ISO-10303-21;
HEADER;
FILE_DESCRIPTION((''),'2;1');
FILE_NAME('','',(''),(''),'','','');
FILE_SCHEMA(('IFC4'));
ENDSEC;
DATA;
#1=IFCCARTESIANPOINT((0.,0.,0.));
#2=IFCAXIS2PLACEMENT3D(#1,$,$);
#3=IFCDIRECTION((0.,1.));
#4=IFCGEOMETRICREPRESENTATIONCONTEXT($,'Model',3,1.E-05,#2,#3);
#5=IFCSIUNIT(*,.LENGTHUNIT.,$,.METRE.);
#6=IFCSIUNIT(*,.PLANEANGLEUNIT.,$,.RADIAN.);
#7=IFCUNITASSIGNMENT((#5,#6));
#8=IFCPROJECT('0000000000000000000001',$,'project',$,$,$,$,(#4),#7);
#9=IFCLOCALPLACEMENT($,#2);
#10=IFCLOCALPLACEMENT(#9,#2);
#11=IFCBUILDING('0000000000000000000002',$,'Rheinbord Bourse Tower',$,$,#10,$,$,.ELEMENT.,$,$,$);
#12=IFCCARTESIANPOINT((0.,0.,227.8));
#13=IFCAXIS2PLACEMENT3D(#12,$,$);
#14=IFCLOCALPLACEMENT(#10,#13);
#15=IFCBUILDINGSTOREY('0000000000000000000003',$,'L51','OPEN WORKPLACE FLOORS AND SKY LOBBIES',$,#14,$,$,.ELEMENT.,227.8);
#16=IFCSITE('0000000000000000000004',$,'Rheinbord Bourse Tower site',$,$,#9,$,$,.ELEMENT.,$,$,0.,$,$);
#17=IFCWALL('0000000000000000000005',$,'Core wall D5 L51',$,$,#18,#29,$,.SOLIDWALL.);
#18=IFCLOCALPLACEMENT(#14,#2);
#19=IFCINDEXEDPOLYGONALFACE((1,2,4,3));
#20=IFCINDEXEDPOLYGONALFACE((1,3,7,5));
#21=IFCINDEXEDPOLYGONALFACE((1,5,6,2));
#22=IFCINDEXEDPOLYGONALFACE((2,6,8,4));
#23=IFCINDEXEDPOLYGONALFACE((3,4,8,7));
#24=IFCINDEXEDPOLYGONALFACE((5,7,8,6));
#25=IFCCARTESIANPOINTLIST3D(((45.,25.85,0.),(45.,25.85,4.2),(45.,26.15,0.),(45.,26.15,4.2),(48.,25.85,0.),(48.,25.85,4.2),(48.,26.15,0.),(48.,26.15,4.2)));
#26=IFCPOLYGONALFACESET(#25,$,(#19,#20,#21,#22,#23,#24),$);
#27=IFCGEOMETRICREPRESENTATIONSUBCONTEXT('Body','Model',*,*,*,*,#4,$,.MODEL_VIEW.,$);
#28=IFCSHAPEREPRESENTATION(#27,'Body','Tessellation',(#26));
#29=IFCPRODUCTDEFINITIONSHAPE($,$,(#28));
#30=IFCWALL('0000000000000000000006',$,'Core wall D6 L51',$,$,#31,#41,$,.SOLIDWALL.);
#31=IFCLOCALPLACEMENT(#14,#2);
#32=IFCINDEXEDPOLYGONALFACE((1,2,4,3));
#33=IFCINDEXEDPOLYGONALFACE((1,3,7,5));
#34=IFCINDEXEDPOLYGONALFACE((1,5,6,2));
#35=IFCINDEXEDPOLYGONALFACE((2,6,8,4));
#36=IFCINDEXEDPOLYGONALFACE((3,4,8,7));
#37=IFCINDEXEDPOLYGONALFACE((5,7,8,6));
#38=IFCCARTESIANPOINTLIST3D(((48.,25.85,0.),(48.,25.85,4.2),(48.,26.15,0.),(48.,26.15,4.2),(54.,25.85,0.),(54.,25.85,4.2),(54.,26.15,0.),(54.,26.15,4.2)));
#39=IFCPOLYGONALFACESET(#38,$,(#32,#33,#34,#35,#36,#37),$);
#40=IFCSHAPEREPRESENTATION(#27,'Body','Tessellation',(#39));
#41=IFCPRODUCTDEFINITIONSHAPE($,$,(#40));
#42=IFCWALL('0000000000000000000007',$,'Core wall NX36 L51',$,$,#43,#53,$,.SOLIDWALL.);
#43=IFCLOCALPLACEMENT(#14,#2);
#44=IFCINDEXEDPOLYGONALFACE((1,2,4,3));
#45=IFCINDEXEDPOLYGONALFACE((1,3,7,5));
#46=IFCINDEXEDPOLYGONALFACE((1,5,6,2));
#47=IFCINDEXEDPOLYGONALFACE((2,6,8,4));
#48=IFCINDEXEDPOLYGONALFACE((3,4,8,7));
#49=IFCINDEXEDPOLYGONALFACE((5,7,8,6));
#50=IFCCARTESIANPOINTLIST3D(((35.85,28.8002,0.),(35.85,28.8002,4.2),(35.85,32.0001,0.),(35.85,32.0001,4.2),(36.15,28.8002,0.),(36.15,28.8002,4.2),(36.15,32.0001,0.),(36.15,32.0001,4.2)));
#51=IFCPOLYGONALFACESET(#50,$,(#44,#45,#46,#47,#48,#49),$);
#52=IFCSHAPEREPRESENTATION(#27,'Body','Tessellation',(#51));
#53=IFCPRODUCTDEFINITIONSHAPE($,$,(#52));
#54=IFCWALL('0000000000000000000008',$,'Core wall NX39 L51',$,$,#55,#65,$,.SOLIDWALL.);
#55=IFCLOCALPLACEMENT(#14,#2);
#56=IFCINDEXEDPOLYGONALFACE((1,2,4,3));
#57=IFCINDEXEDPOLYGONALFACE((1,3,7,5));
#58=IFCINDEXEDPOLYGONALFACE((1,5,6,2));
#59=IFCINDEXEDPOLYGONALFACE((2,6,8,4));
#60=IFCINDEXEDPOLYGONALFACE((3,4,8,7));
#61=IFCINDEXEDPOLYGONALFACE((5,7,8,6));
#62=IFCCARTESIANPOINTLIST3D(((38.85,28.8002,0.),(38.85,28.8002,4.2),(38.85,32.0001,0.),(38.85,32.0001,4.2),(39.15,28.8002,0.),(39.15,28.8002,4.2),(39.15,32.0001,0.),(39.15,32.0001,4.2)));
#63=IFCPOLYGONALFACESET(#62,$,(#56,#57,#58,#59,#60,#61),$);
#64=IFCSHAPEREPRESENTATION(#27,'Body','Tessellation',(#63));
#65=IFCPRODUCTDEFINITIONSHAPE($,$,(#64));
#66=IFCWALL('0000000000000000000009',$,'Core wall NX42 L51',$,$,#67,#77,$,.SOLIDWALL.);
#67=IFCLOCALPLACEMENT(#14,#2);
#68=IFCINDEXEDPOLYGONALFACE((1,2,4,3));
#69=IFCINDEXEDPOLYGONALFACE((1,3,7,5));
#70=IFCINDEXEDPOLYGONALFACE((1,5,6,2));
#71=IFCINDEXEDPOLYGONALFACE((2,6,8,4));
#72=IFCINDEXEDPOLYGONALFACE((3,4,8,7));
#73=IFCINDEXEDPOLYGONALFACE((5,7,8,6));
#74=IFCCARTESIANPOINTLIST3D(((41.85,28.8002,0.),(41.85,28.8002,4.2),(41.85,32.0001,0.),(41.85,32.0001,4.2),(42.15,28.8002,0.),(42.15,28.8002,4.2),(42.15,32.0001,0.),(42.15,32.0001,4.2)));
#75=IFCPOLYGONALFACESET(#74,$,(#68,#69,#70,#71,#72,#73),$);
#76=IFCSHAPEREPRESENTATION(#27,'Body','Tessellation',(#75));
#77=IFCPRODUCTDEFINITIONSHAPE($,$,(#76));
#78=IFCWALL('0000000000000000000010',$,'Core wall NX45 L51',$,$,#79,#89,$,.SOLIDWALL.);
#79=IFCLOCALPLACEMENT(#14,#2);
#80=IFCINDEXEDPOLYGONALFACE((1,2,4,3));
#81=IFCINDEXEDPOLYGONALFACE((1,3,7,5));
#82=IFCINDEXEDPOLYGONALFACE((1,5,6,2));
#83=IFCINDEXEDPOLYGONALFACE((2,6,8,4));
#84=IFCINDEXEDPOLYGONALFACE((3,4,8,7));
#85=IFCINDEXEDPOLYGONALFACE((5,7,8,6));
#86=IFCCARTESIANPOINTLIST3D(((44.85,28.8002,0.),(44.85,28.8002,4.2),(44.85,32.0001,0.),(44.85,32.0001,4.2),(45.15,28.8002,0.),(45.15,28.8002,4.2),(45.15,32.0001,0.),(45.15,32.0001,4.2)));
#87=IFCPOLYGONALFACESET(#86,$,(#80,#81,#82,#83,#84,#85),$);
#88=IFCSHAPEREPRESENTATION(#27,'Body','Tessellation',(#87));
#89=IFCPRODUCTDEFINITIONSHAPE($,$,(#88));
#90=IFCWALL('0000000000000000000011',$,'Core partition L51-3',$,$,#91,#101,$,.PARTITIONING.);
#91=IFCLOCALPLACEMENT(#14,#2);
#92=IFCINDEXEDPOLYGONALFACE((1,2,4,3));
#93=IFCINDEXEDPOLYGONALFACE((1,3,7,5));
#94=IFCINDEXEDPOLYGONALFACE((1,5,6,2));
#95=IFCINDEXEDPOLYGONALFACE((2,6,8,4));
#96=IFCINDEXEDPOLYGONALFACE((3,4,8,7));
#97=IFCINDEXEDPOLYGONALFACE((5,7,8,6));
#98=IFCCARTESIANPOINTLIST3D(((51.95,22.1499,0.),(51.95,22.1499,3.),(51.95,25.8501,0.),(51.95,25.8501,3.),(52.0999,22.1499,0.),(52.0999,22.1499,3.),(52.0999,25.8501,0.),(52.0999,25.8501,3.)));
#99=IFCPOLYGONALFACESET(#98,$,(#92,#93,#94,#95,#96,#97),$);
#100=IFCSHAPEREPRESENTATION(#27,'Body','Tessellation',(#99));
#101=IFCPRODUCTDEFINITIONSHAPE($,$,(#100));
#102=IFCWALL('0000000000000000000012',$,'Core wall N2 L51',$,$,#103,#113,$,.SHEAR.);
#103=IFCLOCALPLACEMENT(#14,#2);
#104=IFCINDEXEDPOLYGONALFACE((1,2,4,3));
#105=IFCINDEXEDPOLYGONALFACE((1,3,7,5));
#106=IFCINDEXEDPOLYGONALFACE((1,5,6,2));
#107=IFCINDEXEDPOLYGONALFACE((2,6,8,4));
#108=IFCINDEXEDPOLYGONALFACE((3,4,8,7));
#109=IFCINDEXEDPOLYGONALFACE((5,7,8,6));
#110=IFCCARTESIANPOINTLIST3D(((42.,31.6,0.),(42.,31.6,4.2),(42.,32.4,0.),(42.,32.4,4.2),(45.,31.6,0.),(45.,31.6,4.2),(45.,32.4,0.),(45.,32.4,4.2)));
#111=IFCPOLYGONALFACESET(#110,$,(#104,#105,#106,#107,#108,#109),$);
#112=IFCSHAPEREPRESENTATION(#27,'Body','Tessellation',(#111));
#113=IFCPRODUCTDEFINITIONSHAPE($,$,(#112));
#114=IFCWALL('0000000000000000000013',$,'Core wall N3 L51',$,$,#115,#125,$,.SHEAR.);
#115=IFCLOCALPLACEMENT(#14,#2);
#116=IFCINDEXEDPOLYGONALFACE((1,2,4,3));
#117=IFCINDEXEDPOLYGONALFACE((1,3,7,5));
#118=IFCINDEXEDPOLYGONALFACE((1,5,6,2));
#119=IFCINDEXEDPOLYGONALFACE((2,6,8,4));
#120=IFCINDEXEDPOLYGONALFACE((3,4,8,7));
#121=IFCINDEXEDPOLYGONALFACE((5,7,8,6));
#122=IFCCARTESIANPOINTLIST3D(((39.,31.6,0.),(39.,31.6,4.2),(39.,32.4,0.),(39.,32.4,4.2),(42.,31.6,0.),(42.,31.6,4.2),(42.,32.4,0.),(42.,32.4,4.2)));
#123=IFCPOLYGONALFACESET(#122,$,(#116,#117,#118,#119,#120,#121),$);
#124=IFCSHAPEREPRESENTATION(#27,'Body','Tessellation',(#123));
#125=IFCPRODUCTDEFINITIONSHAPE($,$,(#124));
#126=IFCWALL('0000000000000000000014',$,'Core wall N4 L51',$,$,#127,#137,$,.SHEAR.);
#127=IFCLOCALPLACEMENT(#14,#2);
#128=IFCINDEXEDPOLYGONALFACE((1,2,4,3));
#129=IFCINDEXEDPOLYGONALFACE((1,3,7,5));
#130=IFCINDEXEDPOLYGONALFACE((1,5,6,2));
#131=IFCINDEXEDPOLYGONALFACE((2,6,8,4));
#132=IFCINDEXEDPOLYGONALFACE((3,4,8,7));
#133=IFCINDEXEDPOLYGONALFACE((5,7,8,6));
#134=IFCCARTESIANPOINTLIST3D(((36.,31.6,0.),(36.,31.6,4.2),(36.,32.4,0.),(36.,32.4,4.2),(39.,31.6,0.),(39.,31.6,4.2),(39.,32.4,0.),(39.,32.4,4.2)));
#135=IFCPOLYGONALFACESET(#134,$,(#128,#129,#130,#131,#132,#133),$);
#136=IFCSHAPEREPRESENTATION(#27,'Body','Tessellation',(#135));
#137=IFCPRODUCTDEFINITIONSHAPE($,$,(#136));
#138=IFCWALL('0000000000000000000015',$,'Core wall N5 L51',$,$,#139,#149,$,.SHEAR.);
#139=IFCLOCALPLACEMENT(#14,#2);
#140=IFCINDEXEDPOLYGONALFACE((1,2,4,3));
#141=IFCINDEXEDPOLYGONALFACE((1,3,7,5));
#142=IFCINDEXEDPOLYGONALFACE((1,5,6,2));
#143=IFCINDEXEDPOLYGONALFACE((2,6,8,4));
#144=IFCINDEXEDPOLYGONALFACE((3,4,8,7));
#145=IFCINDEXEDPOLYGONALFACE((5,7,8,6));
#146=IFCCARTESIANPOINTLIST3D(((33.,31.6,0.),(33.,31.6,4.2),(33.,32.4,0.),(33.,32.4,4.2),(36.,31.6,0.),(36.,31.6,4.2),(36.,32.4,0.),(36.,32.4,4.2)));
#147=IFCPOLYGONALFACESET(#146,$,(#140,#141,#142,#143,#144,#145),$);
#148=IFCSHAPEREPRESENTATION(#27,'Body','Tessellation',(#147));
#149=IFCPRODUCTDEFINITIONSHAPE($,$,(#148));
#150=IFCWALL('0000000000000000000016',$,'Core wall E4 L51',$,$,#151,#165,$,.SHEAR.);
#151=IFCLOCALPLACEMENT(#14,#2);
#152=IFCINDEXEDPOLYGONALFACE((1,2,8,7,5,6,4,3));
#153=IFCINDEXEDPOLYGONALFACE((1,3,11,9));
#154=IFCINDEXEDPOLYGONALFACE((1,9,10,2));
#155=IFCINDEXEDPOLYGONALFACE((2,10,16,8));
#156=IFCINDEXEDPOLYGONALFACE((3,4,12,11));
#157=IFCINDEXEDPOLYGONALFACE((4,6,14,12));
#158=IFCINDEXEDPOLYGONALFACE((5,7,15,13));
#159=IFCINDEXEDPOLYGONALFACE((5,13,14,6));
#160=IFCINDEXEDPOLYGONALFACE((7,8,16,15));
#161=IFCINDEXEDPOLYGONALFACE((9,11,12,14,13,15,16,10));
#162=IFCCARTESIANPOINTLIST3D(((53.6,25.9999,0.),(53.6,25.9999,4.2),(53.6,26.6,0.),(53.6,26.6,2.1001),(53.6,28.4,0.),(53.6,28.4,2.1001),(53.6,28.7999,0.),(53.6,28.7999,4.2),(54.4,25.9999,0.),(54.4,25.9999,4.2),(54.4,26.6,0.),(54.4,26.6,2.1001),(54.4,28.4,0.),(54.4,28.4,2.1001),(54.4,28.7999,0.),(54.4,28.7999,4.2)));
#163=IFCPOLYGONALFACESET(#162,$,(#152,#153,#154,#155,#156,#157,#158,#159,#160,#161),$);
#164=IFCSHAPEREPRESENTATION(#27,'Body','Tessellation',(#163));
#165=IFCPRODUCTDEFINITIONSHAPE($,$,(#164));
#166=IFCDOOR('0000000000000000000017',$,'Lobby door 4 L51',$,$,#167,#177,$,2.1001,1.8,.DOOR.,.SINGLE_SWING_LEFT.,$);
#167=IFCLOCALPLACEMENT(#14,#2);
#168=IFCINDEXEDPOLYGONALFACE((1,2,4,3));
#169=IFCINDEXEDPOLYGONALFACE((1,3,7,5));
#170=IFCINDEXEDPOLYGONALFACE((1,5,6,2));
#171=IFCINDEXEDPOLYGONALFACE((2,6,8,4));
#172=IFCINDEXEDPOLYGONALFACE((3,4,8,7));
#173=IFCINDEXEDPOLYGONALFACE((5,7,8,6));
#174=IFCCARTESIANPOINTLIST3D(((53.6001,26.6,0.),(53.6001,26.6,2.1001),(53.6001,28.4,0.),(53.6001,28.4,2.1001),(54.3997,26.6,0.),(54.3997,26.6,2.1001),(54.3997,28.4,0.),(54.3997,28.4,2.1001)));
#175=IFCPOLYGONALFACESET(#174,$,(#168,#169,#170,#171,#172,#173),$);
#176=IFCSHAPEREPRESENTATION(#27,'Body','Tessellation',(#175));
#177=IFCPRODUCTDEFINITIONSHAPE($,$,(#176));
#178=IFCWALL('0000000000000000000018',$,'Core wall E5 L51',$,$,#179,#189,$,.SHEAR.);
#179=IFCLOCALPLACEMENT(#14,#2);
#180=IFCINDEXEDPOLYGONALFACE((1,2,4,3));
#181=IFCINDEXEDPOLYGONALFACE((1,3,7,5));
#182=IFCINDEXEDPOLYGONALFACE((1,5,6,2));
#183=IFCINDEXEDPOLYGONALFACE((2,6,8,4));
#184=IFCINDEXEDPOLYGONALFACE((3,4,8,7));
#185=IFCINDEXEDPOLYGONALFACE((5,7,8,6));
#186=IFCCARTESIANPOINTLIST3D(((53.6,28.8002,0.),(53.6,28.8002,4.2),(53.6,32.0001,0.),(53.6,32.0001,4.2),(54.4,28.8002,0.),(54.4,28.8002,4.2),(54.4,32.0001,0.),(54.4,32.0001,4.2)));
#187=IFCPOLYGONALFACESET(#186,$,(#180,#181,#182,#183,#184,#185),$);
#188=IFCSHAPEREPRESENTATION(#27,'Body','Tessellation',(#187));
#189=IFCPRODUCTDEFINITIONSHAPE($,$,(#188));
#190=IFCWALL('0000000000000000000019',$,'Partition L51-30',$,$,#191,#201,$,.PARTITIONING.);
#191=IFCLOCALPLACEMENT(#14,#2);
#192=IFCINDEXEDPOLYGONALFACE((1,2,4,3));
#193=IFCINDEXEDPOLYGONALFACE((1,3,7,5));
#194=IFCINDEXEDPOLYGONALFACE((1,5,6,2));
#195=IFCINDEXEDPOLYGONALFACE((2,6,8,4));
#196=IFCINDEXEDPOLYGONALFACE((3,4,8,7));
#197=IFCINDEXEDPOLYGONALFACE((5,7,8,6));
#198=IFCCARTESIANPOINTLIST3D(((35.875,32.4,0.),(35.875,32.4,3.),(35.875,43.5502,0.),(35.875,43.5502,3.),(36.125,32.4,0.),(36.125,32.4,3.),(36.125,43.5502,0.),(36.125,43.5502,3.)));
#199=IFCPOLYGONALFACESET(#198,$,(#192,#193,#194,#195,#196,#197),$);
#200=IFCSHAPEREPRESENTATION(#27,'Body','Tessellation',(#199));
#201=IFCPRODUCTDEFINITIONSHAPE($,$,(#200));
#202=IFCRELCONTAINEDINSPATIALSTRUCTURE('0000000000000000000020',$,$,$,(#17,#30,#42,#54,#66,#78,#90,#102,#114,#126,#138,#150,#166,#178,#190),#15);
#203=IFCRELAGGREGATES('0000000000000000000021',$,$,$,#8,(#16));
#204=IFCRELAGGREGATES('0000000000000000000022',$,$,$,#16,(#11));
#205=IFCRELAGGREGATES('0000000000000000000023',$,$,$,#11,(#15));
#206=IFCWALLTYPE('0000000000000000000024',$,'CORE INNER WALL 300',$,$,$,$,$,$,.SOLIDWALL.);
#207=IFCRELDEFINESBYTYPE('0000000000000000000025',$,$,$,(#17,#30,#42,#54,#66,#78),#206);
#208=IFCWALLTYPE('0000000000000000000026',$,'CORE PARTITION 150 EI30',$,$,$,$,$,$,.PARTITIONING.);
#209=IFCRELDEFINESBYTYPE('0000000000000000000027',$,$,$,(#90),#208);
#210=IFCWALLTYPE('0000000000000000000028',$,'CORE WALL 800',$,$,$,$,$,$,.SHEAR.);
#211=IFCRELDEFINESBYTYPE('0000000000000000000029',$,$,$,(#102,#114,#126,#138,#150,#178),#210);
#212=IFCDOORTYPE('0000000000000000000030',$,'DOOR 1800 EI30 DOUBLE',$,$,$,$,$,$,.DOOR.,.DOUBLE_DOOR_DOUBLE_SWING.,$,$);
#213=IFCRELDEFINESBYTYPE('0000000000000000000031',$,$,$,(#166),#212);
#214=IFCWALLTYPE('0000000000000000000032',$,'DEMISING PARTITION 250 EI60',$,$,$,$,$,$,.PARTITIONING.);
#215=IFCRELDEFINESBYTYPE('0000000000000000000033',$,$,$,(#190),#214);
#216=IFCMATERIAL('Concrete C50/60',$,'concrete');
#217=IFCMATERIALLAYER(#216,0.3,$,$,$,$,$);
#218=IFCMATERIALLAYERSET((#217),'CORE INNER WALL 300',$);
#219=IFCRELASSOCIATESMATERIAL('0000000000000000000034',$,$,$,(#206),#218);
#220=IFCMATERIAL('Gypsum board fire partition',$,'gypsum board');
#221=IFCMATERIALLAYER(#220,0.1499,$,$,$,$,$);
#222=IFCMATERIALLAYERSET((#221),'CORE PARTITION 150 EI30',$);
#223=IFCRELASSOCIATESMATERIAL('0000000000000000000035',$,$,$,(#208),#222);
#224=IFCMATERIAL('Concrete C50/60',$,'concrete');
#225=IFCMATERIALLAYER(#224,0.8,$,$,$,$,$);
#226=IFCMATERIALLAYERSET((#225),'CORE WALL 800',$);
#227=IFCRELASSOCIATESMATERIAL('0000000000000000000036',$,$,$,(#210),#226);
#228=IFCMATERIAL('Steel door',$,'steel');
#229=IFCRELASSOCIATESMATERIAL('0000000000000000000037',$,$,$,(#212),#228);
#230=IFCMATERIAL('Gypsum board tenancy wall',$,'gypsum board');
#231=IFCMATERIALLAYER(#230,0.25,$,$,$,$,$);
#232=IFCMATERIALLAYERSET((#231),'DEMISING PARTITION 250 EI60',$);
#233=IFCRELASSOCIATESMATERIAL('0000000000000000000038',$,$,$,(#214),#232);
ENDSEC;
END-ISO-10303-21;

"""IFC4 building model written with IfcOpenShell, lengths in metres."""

from ifc_helpers import new_model, si_unit, direction, frame, frame_2d, origin, place, context, subcontext, project, spatial, rectangle, extrude, material, layer, layer_set, type_object, element, fill, save


model = new_model("IFC4")

# Units and contexts
model_context = context("Model", 3, precision=1e-05, world=origin(), true_north=direction((0.0, 1.0)))
body_context = subcontext(model_context, "Body", "Model", "MODEL_VIEW")
ifc_project = project(units=[si_unit("LENGTHUNIT", "METRE"), si_unit("PLANEANGLEUNIT", "RADIAN")], contexts=[model_context])

# Site, building, storey
site_placement = place(None, origin())
site = spatial("IfcSite", under=ifc_project, at=site_placement, Name="Rheinbord Bourse Tower site", CompositionType="ELEMENT", RefElevation=0.0)
building_placement = place(site_placement, origin())
building = spatial("IfcBuilding", under=site, at=building_placement, Name="Rheinbord Bourse Tower", CompositionType="ELEMENT")
storey_placement = place(building_placement, frame((0.0, 0.0, 227.8)))
storey = spatial("IfcBuildingStorey", under=building, at=storey_placement, Name="L51", Description="OPEN WORKPLACE FLOORS AND SKY LOBBIES", CompositionType="ELEMENT", Elevation=227.8)

# Shared definitions
ifc_material_1 = material(Name="Concrete C50/60", Category="concrete")
ifc_layer_1 = layer(ifc_material_1, 0.3)
ifc_layer_set_1 = layer_set([ifc_layer_1], Name="CORE INNER WALL 300")
wall_type_1 = type_object("IfcWallType", Name="CORE INNER WALL 300", PredefinedType="SOLIDWALL", material=ifc_layer_set_1)

# Walls
wall_1_placement = place(storey_placement, frame((45.0, 26.0, 0.0), z_axis=(0.0, 0.0, 1.0), x_axis=(1.0, 0.0, 0.0)))
element("IfcWall", 1, at=wall_1_placement, inside=storey, type_object=wall_type_1, Name="Core wall D5 L51", PredefinedType="SOLIDWALL", context=body_context, shape_type="SweptSolid", body=[
    extrude(rectangle(XDim=3.0, YDim=0.3, at=frame_2d((1.5, 0.0))), origin(), (0.0, 0.0, 1.0), 4.2),
])
wall_2_placement = place(storey_placement, frame((48.0, 26.0, 0.0), z_axis=(0.0, 0.0, 1.0), x_axis=(1.0, 0.0, 0.0)))
element("IfcWall", 2, at=wall_2_placement, inside=storey, type_object=wall_type_1, Name="Core wall D6 L51", PredefinedType="SOLIDWALL", context=body_context, shape_type="SweptSolid", body=[
    extrude(rectangle(XDim=6.0, YDim=0.3, at=frame_2d((3.0, 0.0))), origin(), (0.0, 0.0, 1.0), 4.2),
])
for number, where, z_axis, x_axis, name in (
    (3, (36.0, 28.8, 0.0), (0.0, 0.0, 1.0), (0.0, 1.0, 0.0), "Core wall NX36 L51"),
    (4, (39.0, 28.8, 0.0), (0.0, 0.0, 1.0), (0.0, 1.0, 0.0), "Core wall NX39 L51"),
    (5, (42.0, 28.8, 0.0), (0.0, 0.0, 1.0), (0.0, 1.0, 0.0), "Core wall NX42 L51"),
    (6, (45.0, 28.8, 0.0), (0.0, 0.0, 1.0), (0.0, 1.0, 0.0), "Core wall NX45 L51"),
):
    element("IfcWall", number, at=place(storey_placement, frame(where, z_axis=z_axis, x_axis=x_axis)), inside=storey, type_object=wall_type_1, Name=name, PredefinedType="SOLIDWALL", context=body_context, shape_type="SweptSolid", body=[
        extrude(rectangle(XDim=3.2, YDim=0.3, at=frame_2d((1.6001, 0.0))), origin(), (0.0, 0.0, 1.0), 4.2),
    ])
ifc_material_2 = material(Name="Gypsum board fire partition", Category="gypsum board")
ifc_layer_2 = layer(ifc_material_2, 0.1499)
ifc_layer_set_2 = layer_set([ifc_layer_2], Name="CORE PARTITION 150 EI30")
wall_type_2 = type_object("IfcWallType", Name="CORE PARTITION 150 EI30", PredefinedType="PARTITIONING", material=ifc_layer_set_2)
wall_3_placement = place(storey_placement, frame((52.0249, 22.1499, 0.0), z_axis=(0.0, 0.0, 1.0), x_axis=(0.0, 1.0, 0.0)))
element("IfcWall", 7, at=wall_3_placement, inside=storey, type_object=wall_type_2, Name="Core partition L51-3", PredefinedType="PARTITIONING", context=body_context, shape_type="SweptSolid", body=[
    extrude(rectangle(XDim=3.7002, YDim=0.1499, at=frame_2d((1.8501, 0.0))), origin(), (0.0, 0.0, 1.0), 3.0),
])
ifc_material_3 = material(Name="Concrete C50/60", Category="concrete")
ifc_layer_3 = layer(ifc_material_3, 0.8)
ifc_layer_set_3 = layer_set([ifc_layer_3], Name="CORE WALL 800")
wall_type_3 = type_object("IfcWallType", Name="CORE WALL 800", PredefinedType="SHEAR", material=ifc_layer_set_3)
for number, where, z_axis, x_axis, name in (
    (8, (45.0, 32.0, 0.0), (0.0, 0.0, 1.0), (-1.0, 0.0, 0.0), "Core wall N2 L51"),
    (9, (42.0, 32.0, 0.0), (0.0, 0.0, 1.0), (-1.0, 0.0, 0.0), "Core wall N3 L51"),
    (10, (39.0, 32.0, 0.0), (0.0, 0.0, 1.0), (-1.0, 0.0, 0.0), "Core wall N4 L51"),
    (11, (36.0, 32.0, 0.0), (0.0, 0.0, 1.0), (-1.0, 0.0, 0.0), "Core wall N5 L51"),
):
    element("IfcWall", number, at=place(storey_placement, frame(where, z_axis=z_axis, x_axis=x_axis)), inside=storey, type_object=wall_type_3, Name=name, PredefinedType="SHEAR", context=body_context, shape_type="SweptSolid", body=[
        extrude(rectangle(XDim=3.0, YDim=0.8, at=frame_2d((1.5, 0.0))), origin(), (0.0, 0.0, 1.0), 4.2),
    ])

# Wall, opening, door
wall_4_placement = place(storey_placement, frame((54.0, 26.0, 0.0), z_axis=(0.0, 0.0, 1.0), x_axis=(0.0, 1.0, 0.0)))
wall_4 = element("IfcWall", 12, at=wall_4_placement, inside=storey, type_object=wall_type_3, Name="Core wall E4 L51", PredefinedType="SHEAR", context=body_context, shape_type="SweptSolid", body=[
    extrude(rectangle(XDim=2.8, YDim=0.8, at=frame_2d((1.3999, 0.0))), origin(), (0.0, 0.0, 1.0), 4.2),
])
opening_1_placement = place(wall_4_placement, frame((0.6001, 0.0, 0.0)))
opening_1 = element("IfcOpeningElement", 13, at=opening_1_placement, cuts=wall_4, PredefinedType="OPENING", context=body_context, shape_type="SweptSolid", body=[
    extrude(rectangle(XDim=1.8, YDim=2.1001, at=frame_2d((0.8999, 1.05))), frame((0.0, 0.4099, 0.0), z_axis=(0.0, -1.0, 0.0), x_axis=(1.0, 0.0, 0.0)), (0.0, 0.0, 1.0), 0.8201),
])
ifc_material_4 = material(Name="Steel door", Category="steel")
door_type_1 = type_object("IfcDoorType", Name="DOOR 1800 EI30 DOUBLE", OperationType="DOUBLE_DOOR_DOUBLE_SWING", PredefinedType="DOOR", material=ifc_material_4)
door_1_placement = place(opening_1_placement, origin())
door_1 = element("IfcDoor", 14, at=door_1_placement, inside=storey, type_object=door_type_1, Name="Lobby door 4 L51", OperationType="SINGLE_SWING_LEFT", OverallHeight=2.1001, OverallWidth=1.8, PredefinedType="DOOR", context=body_context, shape_type="SweptSolid", body=[
    extrude(rectangle(XDim=1.8, YDim=2.1001, at=frame_2d((0.8999, 1.05))), frame((0.0, 0.3999, 0.0), z_axis=(0.0, -1.0, 0.0), x_axis=(1.0, 0.0, 0.0)), (0.0, 0.0, 1.0), 0.7996),
])
fill(opening_1, door_1)

# Walls
wall_5_placement = place(storey_placement, frame((54.0, 28.8, 0.0), z_axis=(0.0, 0.0, 1.0), x_axis=(0.0, 1.0, 0.0)))
element("IfcWall", 15, at=wall_5_placement, inside=storey, type_object=wall_type_3, Name="Core wall E5 L51", PredefinedType="SHEAR", context=body_context, shape_type="SweptSolid", body=[
    extrude(rectangle(XDim=3.2, YDim=0.8, at=frame_2d((1.6001, 0.0))), origin(), (0.0, 0.0, 1.0), 4.2),
])
ifc_material_5 = material(Name="Gypsum board tenancy wall", Category="gypsum board")
ifc_layer_4 = layer(ifc_material_5, 0.25)
ifc_layer_set_4 = layer_set([ifc_layer_4], Name="DEMISING PARTITION 250 EI60")
wall_type_4 = type_object("IfcWallType", Name="DEMISING PARTITION 250 EI60", PredefinedType="PARTITIONING", material=ifc_layer_set_4)
wall_6_placement = place(storey_placement, frame((36.0, 32.3999, 0.0), z_axis=(0.0, 0.0, 1.0), x_axis=(0.0, 1.0, 0.0)))
element("IfcWall", 16, at=wall_6_placement, inside=storey, type_object=wall_type_4, Name="Partition L51-30", PredefinedType="PARTITIONING", context=body_context, shape_type="SweptSolid", body=[
    extrude(rectangle(XDim=11.1501, YDim=0.25, at=frame_2d((5.5752, 0.0))), origin(), (0.0, 0.0, 1.0), 3.0),
])

save(model, "model.ifc")
